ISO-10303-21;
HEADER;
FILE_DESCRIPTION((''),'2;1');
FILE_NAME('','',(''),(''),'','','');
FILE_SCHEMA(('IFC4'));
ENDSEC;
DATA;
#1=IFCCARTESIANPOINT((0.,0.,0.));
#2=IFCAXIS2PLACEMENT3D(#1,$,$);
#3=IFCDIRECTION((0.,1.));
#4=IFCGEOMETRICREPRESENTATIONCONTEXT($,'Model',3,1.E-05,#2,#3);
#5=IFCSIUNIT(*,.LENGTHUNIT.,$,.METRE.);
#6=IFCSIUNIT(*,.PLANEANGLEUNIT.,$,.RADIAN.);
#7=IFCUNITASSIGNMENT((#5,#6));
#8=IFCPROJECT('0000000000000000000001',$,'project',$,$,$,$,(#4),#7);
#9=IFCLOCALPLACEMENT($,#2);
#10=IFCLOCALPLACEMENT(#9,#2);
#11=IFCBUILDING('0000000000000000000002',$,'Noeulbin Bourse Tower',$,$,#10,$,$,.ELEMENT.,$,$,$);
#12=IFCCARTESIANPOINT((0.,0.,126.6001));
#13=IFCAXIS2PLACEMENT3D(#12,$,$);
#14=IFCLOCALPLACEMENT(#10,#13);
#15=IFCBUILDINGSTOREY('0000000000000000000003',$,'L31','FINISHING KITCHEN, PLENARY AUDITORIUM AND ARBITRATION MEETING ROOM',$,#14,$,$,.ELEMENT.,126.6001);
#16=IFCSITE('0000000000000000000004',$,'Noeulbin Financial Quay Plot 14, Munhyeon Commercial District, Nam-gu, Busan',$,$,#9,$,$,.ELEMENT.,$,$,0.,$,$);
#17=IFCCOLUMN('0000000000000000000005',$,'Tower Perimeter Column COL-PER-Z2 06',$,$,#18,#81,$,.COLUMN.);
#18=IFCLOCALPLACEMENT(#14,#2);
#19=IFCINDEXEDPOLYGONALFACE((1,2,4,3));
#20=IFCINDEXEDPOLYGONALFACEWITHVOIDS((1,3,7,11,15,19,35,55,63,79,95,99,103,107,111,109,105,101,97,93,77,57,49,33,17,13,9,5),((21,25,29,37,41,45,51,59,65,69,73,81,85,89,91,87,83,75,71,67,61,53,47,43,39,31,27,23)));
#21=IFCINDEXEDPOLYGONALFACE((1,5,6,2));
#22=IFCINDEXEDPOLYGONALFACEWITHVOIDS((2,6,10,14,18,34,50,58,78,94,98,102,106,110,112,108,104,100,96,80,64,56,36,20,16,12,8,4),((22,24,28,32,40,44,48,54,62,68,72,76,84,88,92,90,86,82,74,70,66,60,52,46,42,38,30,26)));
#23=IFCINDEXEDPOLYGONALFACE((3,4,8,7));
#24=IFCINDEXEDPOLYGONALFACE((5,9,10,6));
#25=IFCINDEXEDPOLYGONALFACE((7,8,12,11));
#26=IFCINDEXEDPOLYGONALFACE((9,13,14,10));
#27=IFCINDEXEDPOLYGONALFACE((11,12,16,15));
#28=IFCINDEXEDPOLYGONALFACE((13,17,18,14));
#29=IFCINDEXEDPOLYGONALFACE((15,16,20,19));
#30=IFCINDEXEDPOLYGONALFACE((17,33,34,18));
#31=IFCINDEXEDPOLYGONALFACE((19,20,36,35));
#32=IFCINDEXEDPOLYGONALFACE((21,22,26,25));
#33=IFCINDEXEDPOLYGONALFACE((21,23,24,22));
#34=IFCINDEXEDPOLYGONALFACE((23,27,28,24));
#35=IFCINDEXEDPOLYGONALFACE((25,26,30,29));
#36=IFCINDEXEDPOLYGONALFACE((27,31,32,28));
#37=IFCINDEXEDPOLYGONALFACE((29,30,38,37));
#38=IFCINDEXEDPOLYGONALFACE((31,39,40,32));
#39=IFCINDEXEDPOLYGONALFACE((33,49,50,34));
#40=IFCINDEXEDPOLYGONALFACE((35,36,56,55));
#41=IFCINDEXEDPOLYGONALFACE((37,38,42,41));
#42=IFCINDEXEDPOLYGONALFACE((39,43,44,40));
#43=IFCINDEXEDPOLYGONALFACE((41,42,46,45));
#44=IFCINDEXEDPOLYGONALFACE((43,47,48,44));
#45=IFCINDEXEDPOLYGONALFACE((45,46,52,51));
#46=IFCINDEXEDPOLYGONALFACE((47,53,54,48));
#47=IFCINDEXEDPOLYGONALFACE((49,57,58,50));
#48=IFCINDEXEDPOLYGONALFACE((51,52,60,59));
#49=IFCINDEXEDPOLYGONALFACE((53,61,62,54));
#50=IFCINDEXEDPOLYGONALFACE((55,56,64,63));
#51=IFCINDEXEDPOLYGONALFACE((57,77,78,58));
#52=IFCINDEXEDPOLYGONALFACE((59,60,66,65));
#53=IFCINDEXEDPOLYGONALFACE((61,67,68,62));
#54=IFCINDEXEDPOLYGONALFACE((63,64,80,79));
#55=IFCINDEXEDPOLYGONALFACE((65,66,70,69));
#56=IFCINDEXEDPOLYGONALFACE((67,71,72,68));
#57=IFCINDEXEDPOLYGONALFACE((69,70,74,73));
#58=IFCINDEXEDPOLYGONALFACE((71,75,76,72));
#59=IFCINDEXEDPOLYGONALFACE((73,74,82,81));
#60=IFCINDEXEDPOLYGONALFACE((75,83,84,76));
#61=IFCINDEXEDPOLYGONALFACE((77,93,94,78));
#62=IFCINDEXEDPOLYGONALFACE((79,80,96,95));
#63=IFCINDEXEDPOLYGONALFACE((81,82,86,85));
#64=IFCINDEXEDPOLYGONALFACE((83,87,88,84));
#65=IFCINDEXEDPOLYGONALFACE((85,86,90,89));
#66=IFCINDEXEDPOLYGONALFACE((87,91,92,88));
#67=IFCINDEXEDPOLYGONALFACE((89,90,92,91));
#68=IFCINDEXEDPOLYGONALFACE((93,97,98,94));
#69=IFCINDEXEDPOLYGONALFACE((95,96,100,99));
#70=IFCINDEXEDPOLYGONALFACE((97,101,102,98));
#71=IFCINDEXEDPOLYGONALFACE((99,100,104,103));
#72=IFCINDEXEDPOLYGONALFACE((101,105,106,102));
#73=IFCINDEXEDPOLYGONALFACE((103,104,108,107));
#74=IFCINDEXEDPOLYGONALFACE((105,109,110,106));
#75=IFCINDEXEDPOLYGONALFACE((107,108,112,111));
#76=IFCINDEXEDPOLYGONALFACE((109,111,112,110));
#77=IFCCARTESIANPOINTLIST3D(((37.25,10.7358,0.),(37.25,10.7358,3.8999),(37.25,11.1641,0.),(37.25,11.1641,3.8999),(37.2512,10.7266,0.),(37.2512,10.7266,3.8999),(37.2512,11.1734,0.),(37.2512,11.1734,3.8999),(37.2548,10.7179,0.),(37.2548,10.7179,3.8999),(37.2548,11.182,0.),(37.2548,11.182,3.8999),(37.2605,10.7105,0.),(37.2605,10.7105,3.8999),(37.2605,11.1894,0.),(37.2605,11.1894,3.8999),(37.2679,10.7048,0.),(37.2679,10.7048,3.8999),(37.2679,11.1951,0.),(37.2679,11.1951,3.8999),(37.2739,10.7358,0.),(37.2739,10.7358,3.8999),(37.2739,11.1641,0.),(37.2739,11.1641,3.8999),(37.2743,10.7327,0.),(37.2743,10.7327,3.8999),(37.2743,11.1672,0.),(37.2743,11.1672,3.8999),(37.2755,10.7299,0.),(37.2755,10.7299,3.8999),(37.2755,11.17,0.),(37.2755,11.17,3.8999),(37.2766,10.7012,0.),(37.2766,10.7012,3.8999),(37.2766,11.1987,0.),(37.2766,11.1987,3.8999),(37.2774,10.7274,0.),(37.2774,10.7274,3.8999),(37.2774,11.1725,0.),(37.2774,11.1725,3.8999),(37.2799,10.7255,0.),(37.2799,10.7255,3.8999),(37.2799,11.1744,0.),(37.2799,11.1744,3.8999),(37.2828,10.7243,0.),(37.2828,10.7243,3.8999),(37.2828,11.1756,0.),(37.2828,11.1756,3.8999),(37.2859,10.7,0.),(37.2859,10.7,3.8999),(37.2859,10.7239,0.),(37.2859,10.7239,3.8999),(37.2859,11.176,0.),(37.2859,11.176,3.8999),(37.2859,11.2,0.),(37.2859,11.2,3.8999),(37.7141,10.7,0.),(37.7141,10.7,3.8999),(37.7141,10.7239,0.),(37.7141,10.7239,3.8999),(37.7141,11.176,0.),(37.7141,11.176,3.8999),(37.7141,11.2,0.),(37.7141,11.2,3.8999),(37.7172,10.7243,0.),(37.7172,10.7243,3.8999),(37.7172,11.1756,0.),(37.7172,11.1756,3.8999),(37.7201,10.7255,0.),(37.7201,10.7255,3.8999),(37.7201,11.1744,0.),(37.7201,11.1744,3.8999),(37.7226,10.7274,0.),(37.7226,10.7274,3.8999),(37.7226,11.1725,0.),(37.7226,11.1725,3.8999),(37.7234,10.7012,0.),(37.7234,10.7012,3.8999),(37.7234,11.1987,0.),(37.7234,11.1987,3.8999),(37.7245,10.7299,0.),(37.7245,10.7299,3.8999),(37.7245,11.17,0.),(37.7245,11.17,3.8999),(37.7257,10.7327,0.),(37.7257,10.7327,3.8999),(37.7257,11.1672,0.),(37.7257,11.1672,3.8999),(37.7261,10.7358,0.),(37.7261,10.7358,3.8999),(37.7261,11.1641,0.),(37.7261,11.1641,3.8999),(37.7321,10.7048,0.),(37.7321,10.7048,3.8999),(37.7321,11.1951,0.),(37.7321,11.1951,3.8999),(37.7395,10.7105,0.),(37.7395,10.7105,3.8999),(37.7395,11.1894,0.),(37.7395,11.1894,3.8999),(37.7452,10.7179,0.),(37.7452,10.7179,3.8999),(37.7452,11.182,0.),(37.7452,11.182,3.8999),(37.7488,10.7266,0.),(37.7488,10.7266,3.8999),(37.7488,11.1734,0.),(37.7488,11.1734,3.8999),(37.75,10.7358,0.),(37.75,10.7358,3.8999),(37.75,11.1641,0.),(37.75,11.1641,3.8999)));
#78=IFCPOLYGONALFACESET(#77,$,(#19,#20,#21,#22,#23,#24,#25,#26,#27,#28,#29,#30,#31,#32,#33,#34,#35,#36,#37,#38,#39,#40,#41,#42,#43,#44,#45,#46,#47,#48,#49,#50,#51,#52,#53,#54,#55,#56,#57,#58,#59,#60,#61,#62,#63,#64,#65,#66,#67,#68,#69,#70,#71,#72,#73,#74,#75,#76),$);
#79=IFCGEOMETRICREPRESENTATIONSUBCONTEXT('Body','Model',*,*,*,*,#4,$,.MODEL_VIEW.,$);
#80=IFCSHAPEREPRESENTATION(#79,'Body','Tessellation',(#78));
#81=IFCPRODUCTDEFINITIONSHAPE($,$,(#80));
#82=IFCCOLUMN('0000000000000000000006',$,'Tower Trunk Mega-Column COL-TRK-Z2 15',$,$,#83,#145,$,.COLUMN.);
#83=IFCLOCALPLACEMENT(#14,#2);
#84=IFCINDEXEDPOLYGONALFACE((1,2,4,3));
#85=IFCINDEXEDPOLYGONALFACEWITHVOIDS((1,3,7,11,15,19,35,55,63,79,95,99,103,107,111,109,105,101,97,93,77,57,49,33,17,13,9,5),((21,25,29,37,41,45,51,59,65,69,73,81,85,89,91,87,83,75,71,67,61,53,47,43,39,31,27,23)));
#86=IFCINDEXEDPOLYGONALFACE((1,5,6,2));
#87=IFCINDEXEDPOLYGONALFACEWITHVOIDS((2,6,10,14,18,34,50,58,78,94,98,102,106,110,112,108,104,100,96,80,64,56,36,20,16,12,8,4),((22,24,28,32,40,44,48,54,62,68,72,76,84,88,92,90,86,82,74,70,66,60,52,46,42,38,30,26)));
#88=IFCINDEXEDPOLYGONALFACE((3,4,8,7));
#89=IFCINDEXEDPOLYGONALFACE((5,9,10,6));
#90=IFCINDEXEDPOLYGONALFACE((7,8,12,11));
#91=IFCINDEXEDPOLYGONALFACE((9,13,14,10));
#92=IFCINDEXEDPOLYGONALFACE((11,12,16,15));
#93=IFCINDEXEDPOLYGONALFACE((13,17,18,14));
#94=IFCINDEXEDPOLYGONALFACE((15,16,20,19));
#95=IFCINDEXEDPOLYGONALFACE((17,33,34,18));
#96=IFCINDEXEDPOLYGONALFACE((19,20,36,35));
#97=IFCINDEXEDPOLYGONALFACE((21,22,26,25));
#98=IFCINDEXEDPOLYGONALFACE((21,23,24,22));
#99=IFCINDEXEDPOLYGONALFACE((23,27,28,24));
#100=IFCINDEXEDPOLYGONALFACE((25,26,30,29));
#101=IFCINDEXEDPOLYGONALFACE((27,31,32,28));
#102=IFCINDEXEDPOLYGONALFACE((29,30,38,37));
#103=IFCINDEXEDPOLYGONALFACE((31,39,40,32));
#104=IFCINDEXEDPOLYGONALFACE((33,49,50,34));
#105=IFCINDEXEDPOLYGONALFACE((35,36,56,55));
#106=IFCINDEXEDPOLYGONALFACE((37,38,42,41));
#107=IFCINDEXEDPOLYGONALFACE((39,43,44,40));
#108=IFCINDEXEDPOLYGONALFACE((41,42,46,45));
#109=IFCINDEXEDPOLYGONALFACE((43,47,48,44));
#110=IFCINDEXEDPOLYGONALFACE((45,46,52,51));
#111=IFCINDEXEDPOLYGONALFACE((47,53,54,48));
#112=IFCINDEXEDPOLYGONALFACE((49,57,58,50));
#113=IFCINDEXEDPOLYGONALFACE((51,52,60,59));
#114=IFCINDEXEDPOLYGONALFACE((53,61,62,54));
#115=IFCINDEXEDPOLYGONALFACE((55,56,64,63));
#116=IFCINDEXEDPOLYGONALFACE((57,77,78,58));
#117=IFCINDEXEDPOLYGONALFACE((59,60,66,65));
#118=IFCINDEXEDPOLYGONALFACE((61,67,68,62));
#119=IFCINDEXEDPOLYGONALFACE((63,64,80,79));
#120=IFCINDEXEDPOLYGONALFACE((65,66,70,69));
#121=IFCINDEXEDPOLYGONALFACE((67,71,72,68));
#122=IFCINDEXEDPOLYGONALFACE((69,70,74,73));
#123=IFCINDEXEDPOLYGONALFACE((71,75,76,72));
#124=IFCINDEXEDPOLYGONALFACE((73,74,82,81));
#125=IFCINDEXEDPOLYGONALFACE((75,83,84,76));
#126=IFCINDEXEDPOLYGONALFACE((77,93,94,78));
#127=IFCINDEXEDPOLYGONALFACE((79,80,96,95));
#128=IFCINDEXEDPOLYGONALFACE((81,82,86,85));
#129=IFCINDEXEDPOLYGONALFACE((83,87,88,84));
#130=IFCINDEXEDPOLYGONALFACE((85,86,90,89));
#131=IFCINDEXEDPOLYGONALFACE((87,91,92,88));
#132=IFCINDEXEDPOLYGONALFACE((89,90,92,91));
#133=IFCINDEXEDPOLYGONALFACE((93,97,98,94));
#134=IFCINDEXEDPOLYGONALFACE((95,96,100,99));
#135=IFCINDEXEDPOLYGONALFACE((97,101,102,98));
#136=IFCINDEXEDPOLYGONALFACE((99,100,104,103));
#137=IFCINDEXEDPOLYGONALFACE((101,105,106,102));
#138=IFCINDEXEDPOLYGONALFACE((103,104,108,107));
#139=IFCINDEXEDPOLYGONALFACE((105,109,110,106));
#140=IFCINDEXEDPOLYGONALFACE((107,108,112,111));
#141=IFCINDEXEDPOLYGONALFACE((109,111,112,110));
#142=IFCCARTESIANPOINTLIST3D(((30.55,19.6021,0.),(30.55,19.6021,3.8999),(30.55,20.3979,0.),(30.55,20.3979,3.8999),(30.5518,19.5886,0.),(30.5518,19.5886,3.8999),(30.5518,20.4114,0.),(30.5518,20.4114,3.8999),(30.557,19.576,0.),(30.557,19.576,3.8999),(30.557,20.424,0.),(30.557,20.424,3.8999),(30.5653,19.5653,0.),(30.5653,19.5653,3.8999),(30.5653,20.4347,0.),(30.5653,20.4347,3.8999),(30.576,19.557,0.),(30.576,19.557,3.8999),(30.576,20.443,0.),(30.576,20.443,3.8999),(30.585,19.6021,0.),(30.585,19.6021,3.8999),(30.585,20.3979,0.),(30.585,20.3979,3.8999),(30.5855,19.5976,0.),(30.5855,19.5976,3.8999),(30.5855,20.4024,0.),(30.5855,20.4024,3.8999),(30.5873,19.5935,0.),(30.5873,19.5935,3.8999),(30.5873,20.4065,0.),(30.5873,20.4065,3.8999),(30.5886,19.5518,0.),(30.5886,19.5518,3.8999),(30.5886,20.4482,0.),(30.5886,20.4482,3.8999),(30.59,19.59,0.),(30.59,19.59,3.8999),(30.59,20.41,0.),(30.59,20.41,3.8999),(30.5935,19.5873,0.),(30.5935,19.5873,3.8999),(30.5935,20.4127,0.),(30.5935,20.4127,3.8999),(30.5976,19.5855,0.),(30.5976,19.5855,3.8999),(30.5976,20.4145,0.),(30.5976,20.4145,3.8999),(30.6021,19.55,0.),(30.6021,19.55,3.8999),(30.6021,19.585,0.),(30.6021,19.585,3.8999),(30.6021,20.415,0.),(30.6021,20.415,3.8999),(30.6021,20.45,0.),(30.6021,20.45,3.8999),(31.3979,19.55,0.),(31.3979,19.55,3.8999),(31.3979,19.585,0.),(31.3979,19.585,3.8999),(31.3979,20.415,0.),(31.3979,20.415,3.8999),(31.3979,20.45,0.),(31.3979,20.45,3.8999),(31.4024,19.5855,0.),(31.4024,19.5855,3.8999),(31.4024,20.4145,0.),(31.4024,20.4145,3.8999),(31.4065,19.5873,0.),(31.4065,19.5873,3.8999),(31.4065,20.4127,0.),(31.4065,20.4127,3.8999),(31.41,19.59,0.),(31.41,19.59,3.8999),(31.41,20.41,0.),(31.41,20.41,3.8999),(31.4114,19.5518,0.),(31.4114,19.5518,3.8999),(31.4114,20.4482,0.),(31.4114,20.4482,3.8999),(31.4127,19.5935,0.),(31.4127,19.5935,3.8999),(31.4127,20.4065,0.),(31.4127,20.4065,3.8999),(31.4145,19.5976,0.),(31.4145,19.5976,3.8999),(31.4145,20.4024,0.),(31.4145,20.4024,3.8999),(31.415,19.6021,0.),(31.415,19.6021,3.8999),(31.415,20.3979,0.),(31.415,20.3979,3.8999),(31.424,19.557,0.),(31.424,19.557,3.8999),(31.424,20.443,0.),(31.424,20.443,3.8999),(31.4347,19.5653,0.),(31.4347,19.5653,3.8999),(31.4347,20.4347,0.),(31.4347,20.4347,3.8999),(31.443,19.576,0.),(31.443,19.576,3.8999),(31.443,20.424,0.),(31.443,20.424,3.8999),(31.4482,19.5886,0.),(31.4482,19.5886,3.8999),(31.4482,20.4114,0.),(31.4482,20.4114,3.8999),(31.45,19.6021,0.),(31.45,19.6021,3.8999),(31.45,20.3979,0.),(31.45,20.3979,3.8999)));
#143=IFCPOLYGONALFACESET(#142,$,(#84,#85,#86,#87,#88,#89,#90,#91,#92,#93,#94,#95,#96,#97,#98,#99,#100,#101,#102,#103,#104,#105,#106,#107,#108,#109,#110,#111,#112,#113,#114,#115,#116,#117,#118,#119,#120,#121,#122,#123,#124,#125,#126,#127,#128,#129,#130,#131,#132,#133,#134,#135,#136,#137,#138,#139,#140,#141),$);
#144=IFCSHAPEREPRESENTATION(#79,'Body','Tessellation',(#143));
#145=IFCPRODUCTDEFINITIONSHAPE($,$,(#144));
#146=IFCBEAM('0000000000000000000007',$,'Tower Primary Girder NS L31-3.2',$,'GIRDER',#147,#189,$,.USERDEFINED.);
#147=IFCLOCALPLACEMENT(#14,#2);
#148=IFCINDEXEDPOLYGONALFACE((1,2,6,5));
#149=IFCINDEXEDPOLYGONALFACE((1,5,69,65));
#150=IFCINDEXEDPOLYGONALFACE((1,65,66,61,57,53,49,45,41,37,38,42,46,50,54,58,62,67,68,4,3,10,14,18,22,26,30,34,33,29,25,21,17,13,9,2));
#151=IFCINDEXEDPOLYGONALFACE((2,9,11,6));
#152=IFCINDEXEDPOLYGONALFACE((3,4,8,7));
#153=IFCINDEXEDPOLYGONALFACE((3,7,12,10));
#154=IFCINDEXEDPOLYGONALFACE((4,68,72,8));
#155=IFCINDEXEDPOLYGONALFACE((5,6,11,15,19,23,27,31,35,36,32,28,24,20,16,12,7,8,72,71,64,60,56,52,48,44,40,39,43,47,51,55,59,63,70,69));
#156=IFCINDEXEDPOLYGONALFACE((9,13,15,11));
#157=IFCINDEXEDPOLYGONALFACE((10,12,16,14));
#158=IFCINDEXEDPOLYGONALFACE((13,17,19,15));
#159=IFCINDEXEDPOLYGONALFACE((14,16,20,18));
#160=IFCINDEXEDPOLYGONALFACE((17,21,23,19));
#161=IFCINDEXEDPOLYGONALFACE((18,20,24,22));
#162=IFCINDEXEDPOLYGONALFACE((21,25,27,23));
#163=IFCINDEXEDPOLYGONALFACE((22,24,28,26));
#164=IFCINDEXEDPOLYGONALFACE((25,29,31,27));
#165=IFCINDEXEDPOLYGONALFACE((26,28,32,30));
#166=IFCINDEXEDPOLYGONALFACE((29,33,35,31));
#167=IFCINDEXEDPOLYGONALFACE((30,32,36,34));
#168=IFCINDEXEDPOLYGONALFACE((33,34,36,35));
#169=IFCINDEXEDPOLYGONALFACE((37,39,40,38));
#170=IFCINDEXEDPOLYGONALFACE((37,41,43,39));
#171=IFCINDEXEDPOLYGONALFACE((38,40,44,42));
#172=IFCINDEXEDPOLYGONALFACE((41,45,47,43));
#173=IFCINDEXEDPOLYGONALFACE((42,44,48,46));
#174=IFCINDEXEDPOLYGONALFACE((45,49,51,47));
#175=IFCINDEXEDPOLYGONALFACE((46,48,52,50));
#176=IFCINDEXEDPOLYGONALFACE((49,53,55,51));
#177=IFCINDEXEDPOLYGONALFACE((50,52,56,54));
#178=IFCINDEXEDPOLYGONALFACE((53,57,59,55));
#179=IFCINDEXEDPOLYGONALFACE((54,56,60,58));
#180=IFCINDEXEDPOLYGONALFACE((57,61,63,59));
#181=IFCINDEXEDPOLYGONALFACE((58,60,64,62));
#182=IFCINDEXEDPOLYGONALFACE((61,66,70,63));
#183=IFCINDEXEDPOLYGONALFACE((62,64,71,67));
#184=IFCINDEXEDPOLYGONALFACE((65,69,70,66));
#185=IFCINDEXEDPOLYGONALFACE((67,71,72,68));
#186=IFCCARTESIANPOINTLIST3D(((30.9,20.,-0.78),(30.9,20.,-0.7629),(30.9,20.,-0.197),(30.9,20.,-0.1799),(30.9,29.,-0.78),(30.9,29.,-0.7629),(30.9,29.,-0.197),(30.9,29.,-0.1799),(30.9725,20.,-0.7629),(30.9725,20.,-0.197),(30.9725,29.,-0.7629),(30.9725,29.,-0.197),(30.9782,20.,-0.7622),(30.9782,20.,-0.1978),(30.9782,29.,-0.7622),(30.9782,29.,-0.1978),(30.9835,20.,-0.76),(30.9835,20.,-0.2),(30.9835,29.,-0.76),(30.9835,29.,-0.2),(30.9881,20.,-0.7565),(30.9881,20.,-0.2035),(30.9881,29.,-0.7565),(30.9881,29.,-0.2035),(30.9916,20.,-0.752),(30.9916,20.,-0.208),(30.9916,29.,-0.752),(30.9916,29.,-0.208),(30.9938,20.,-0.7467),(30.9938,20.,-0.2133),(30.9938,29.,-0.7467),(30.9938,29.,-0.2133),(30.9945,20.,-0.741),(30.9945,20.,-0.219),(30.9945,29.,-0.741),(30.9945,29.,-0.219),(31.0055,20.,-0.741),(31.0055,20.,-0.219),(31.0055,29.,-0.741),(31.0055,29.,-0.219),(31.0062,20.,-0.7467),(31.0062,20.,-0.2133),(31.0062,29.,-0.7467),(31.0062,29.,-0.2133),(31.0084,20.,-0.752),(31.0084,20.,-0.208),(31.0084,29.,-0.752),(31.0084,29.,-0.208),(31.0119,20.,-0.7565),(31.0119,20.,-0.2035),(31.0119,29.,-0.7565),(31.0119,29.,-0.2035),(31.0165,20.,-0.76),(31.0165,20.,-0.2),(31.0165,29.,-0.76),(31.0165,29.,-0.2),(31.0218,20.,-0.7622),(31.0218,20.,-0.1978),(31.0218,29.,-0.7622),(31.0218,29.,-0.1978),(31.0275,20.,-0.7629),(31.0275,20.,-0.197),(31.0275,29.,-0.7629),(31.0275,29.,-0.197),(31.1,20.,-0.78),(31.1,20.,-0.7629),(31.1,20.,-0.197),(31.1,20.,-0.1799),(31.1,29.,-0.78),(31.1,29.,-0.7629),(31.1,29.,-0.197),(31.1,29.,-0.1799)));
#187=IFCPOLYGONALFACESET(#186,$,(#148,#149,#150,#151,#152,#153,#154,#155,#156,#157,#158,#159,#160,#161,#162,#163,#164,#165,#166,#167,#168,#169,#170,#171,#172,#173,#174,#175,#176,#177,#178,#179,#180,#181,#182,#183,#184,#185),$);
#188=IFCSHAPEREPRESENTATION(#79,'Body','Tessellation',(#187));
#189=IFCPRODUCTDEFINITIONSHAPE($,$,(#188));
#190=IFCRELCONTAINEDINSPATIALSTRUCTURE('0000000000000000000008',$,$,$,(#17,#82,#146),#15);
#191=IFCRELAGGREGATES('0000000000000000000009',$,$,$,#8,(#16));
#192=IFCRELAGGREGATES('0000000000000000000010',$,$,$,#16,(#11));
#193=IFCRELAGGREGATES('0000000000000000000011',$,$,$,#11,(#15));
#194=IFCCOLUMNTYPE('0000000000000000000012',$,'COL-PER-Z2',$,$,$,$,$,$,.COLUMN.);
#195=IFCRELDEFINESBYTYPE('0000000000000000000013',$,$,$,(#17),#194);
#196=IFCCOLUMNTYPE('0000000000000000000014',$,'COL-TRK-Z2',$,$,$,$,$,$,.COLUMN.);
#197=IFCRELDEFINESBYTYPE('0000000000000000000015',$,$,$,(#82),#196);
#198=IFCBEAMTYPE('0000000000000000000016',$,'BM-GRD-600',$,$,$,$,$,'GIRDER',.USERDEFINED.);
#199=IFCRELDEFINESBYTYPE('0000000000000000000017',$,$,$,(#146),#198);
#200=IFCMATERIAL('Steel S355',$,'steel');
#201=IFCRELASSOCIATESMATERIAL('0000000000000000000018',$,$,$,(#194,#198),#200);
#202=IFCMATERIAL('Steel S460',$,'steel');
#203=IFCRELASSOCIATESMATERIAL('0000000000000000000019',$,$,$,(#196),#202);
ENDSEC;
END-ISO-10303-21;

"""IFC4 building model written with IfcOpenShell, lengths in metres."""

from ifc_helpers import new_model, si_unit, direction, frame, origin, origin_2d, place, context, subcontext, project, spatial, hollow_rectangle, i_section, extrude, material, material_profile, profile_set, type_object, element, save


model = new_model("IFC4")

# Units and contexts
model_context = context("Model", 3, precision=1e-05, world=origin(), true_north=direction((0.0, 1.0)))
body_context = subcontext(model_context, "Body", "Model", "MODEL_VIEW")
ifc_project = project(units=[si_unit("LENGTHUNIT", "METRE"), si_unit("PLANEANGLEUNIT", "RADIAN")], contexts=[model_context])

# Site, building, storey
site_placement = place(None, origin())
site = spatial("IfcSite", under=ifc_project, at=site_placement, Name="Noeulbin Financial Quay Plot 14, Munhyeon Commercial District, Nam-gu, Busan", CompositionType="ELEMENT", RefElevation=0.0)
building_placement = place(site_placement, origin())
building = spatial("IfcBuilding", under=site, at=building_placement, Name="Noeulbin Bourse Tower", CompositionType="ELEMENT")
storey_placement = place(building_placement, frame((0.0, 0.0, 126.6001)))
storey = spatial("IfcBuildingStorey", under=building, at=storey_placement, Name="L31", Description="FINISHING KITCHEN, PLENARY AUDITORIUM AND ARBITRATION MEETING ROOM", CompositionType="ELEMENT", Elevation=126.6001)

# Columns
ifc_material_1 = material(Name="Steel S355", Category="steel")
ifc_material_profile_1 = material_profile(ifc_material_1, hollow_rectangle(XDim=0.5, YDim=0.5, WallThickness=0.0239, InnerFilletRadius=0.012, OuterFilletRadius=0.0359, at=origin_2d()), Name="BOX-500x500x24", Category="LoadBearing")
ifc_profile_set_1 = profile_set([ifc_material_profile_1], Name="Steel S355")
column_type_1 = type_object("IfcColumnType", Name="COL-PER-Z2", PredefinedType="COLUMN", material=ifc_profile_set_1)
column_1_placement = place(storey_placement, frame((37.5, 10.95, 0.0), z_axis=(0.0, 0.0, 1.0), x_axis=(1.0, 0.0, 0.0)))
element("IfcColumn", 1, at=column_1_placement, inside=storey, type_object=column_type_1, Name="Tower Perimeter Column COL-PER-Z2 06", PredefinedType="COLUMN", context=body_context, shape_type="SweptSolid", body=[
    extrude(hollow_rectangle(XDim=0.5, YDim=0.5, WallThickness=0.0239, InnerFilletRadius=0.012, OuterFilletRadius=0.0359, at=origin_2d()), origin(), (0.0, 0.0, 1.0), 3.8999),
])
ifc_material_2 = material(Name="Steel S460", Category="steel")
ifc_material_profile_2 = material_profile(ifc_material_2, hollow_rectangle(XDim=0.8999, YDim=0.8999, WallThickness=0.0349, InnerFilletRadius=0.0171, OuterFilletRadius=0.052, at=origin_2d()), Name="BOX-900x900x35", Category="LoadBearing")
ifc_profile_set_2 = profile_set([ifc_material_profile_2], Name="Steel S460")
column_type_2 = type_object("IfcColumnType", Name="COL-TRK-Z2", PredefinedType="COLUMN", material=ifc_profile_set_2)
column_2_placement = place(storey_placement, frame((31.0, 20.0, 0.0), z_axis=(0.0, 0.0, 1.0), x_axis=(1.0, 0.0, 0.0)))
element("IfcColumn", 2, at=column_2_placement, inside=storey, type_object=column_type_2, Name="Tower Trunk Mega-Column COL-TRK-Z2 15", PredefinedType="COLUMN", context=body_context, shape_type="SweptSolid", body=[
    extrude(hollow_rectangle(XDim=0.8999, YDim=0.8999, WallThickness=0.0349, InnerFilletRadius=0.0171, OuterFilletRadius=0.052, at=origin_2d()), origin(), (0.0, 0.0, 1.0), 3.8999),
])

# Beam
ifc_material_profile_3 = material_profile(ifc_material_1, i_section(OverallWidth=0.2, OverallDepth=0.6001, WebThickness=0.011, FlangeThickness=0.0171, FilletRadius=0.022, at=origin_2d()), Name="H-600x200x11x17", Category="LoadBearing")
ifc_profile_set_3 = profile_set([ifc_material_profile_3], Name="Steel S355")
beam_type_1 = type_object("IfcBeamType", Name="BM-GRD-600", ElementType="GIRDER", PredefinedType="USERDEFINED", material=ifc_profile_set_3)
beam_1_placement = place(storey_placement, frame((31.0, 20.0, -0.48), z_axis=(0.0, 1.0, 0.0), x_axis=(-1.0, 0.0, 0.0)))
element("IfcBeam", 3, at=beam_1_placement, inside=storey, type_object=beam_type_1, Name="Tower Primary Girder NS L31-3.2", ObjectType="GIRDER", PredefinedType="USERDEFINED", context=body_context, shape_type="SweptSolid", body=[
    extrude(i_section(OverallWidth=0.2, OverallDepth=0.6001, WebThickness=0.011, FlangeThickness=0.0171, FilletRadius=0.022, at=origin_2d()), origin(), (0.0, 0.0, 1.0), 9.0),
])

save(model, "model.ifc")
